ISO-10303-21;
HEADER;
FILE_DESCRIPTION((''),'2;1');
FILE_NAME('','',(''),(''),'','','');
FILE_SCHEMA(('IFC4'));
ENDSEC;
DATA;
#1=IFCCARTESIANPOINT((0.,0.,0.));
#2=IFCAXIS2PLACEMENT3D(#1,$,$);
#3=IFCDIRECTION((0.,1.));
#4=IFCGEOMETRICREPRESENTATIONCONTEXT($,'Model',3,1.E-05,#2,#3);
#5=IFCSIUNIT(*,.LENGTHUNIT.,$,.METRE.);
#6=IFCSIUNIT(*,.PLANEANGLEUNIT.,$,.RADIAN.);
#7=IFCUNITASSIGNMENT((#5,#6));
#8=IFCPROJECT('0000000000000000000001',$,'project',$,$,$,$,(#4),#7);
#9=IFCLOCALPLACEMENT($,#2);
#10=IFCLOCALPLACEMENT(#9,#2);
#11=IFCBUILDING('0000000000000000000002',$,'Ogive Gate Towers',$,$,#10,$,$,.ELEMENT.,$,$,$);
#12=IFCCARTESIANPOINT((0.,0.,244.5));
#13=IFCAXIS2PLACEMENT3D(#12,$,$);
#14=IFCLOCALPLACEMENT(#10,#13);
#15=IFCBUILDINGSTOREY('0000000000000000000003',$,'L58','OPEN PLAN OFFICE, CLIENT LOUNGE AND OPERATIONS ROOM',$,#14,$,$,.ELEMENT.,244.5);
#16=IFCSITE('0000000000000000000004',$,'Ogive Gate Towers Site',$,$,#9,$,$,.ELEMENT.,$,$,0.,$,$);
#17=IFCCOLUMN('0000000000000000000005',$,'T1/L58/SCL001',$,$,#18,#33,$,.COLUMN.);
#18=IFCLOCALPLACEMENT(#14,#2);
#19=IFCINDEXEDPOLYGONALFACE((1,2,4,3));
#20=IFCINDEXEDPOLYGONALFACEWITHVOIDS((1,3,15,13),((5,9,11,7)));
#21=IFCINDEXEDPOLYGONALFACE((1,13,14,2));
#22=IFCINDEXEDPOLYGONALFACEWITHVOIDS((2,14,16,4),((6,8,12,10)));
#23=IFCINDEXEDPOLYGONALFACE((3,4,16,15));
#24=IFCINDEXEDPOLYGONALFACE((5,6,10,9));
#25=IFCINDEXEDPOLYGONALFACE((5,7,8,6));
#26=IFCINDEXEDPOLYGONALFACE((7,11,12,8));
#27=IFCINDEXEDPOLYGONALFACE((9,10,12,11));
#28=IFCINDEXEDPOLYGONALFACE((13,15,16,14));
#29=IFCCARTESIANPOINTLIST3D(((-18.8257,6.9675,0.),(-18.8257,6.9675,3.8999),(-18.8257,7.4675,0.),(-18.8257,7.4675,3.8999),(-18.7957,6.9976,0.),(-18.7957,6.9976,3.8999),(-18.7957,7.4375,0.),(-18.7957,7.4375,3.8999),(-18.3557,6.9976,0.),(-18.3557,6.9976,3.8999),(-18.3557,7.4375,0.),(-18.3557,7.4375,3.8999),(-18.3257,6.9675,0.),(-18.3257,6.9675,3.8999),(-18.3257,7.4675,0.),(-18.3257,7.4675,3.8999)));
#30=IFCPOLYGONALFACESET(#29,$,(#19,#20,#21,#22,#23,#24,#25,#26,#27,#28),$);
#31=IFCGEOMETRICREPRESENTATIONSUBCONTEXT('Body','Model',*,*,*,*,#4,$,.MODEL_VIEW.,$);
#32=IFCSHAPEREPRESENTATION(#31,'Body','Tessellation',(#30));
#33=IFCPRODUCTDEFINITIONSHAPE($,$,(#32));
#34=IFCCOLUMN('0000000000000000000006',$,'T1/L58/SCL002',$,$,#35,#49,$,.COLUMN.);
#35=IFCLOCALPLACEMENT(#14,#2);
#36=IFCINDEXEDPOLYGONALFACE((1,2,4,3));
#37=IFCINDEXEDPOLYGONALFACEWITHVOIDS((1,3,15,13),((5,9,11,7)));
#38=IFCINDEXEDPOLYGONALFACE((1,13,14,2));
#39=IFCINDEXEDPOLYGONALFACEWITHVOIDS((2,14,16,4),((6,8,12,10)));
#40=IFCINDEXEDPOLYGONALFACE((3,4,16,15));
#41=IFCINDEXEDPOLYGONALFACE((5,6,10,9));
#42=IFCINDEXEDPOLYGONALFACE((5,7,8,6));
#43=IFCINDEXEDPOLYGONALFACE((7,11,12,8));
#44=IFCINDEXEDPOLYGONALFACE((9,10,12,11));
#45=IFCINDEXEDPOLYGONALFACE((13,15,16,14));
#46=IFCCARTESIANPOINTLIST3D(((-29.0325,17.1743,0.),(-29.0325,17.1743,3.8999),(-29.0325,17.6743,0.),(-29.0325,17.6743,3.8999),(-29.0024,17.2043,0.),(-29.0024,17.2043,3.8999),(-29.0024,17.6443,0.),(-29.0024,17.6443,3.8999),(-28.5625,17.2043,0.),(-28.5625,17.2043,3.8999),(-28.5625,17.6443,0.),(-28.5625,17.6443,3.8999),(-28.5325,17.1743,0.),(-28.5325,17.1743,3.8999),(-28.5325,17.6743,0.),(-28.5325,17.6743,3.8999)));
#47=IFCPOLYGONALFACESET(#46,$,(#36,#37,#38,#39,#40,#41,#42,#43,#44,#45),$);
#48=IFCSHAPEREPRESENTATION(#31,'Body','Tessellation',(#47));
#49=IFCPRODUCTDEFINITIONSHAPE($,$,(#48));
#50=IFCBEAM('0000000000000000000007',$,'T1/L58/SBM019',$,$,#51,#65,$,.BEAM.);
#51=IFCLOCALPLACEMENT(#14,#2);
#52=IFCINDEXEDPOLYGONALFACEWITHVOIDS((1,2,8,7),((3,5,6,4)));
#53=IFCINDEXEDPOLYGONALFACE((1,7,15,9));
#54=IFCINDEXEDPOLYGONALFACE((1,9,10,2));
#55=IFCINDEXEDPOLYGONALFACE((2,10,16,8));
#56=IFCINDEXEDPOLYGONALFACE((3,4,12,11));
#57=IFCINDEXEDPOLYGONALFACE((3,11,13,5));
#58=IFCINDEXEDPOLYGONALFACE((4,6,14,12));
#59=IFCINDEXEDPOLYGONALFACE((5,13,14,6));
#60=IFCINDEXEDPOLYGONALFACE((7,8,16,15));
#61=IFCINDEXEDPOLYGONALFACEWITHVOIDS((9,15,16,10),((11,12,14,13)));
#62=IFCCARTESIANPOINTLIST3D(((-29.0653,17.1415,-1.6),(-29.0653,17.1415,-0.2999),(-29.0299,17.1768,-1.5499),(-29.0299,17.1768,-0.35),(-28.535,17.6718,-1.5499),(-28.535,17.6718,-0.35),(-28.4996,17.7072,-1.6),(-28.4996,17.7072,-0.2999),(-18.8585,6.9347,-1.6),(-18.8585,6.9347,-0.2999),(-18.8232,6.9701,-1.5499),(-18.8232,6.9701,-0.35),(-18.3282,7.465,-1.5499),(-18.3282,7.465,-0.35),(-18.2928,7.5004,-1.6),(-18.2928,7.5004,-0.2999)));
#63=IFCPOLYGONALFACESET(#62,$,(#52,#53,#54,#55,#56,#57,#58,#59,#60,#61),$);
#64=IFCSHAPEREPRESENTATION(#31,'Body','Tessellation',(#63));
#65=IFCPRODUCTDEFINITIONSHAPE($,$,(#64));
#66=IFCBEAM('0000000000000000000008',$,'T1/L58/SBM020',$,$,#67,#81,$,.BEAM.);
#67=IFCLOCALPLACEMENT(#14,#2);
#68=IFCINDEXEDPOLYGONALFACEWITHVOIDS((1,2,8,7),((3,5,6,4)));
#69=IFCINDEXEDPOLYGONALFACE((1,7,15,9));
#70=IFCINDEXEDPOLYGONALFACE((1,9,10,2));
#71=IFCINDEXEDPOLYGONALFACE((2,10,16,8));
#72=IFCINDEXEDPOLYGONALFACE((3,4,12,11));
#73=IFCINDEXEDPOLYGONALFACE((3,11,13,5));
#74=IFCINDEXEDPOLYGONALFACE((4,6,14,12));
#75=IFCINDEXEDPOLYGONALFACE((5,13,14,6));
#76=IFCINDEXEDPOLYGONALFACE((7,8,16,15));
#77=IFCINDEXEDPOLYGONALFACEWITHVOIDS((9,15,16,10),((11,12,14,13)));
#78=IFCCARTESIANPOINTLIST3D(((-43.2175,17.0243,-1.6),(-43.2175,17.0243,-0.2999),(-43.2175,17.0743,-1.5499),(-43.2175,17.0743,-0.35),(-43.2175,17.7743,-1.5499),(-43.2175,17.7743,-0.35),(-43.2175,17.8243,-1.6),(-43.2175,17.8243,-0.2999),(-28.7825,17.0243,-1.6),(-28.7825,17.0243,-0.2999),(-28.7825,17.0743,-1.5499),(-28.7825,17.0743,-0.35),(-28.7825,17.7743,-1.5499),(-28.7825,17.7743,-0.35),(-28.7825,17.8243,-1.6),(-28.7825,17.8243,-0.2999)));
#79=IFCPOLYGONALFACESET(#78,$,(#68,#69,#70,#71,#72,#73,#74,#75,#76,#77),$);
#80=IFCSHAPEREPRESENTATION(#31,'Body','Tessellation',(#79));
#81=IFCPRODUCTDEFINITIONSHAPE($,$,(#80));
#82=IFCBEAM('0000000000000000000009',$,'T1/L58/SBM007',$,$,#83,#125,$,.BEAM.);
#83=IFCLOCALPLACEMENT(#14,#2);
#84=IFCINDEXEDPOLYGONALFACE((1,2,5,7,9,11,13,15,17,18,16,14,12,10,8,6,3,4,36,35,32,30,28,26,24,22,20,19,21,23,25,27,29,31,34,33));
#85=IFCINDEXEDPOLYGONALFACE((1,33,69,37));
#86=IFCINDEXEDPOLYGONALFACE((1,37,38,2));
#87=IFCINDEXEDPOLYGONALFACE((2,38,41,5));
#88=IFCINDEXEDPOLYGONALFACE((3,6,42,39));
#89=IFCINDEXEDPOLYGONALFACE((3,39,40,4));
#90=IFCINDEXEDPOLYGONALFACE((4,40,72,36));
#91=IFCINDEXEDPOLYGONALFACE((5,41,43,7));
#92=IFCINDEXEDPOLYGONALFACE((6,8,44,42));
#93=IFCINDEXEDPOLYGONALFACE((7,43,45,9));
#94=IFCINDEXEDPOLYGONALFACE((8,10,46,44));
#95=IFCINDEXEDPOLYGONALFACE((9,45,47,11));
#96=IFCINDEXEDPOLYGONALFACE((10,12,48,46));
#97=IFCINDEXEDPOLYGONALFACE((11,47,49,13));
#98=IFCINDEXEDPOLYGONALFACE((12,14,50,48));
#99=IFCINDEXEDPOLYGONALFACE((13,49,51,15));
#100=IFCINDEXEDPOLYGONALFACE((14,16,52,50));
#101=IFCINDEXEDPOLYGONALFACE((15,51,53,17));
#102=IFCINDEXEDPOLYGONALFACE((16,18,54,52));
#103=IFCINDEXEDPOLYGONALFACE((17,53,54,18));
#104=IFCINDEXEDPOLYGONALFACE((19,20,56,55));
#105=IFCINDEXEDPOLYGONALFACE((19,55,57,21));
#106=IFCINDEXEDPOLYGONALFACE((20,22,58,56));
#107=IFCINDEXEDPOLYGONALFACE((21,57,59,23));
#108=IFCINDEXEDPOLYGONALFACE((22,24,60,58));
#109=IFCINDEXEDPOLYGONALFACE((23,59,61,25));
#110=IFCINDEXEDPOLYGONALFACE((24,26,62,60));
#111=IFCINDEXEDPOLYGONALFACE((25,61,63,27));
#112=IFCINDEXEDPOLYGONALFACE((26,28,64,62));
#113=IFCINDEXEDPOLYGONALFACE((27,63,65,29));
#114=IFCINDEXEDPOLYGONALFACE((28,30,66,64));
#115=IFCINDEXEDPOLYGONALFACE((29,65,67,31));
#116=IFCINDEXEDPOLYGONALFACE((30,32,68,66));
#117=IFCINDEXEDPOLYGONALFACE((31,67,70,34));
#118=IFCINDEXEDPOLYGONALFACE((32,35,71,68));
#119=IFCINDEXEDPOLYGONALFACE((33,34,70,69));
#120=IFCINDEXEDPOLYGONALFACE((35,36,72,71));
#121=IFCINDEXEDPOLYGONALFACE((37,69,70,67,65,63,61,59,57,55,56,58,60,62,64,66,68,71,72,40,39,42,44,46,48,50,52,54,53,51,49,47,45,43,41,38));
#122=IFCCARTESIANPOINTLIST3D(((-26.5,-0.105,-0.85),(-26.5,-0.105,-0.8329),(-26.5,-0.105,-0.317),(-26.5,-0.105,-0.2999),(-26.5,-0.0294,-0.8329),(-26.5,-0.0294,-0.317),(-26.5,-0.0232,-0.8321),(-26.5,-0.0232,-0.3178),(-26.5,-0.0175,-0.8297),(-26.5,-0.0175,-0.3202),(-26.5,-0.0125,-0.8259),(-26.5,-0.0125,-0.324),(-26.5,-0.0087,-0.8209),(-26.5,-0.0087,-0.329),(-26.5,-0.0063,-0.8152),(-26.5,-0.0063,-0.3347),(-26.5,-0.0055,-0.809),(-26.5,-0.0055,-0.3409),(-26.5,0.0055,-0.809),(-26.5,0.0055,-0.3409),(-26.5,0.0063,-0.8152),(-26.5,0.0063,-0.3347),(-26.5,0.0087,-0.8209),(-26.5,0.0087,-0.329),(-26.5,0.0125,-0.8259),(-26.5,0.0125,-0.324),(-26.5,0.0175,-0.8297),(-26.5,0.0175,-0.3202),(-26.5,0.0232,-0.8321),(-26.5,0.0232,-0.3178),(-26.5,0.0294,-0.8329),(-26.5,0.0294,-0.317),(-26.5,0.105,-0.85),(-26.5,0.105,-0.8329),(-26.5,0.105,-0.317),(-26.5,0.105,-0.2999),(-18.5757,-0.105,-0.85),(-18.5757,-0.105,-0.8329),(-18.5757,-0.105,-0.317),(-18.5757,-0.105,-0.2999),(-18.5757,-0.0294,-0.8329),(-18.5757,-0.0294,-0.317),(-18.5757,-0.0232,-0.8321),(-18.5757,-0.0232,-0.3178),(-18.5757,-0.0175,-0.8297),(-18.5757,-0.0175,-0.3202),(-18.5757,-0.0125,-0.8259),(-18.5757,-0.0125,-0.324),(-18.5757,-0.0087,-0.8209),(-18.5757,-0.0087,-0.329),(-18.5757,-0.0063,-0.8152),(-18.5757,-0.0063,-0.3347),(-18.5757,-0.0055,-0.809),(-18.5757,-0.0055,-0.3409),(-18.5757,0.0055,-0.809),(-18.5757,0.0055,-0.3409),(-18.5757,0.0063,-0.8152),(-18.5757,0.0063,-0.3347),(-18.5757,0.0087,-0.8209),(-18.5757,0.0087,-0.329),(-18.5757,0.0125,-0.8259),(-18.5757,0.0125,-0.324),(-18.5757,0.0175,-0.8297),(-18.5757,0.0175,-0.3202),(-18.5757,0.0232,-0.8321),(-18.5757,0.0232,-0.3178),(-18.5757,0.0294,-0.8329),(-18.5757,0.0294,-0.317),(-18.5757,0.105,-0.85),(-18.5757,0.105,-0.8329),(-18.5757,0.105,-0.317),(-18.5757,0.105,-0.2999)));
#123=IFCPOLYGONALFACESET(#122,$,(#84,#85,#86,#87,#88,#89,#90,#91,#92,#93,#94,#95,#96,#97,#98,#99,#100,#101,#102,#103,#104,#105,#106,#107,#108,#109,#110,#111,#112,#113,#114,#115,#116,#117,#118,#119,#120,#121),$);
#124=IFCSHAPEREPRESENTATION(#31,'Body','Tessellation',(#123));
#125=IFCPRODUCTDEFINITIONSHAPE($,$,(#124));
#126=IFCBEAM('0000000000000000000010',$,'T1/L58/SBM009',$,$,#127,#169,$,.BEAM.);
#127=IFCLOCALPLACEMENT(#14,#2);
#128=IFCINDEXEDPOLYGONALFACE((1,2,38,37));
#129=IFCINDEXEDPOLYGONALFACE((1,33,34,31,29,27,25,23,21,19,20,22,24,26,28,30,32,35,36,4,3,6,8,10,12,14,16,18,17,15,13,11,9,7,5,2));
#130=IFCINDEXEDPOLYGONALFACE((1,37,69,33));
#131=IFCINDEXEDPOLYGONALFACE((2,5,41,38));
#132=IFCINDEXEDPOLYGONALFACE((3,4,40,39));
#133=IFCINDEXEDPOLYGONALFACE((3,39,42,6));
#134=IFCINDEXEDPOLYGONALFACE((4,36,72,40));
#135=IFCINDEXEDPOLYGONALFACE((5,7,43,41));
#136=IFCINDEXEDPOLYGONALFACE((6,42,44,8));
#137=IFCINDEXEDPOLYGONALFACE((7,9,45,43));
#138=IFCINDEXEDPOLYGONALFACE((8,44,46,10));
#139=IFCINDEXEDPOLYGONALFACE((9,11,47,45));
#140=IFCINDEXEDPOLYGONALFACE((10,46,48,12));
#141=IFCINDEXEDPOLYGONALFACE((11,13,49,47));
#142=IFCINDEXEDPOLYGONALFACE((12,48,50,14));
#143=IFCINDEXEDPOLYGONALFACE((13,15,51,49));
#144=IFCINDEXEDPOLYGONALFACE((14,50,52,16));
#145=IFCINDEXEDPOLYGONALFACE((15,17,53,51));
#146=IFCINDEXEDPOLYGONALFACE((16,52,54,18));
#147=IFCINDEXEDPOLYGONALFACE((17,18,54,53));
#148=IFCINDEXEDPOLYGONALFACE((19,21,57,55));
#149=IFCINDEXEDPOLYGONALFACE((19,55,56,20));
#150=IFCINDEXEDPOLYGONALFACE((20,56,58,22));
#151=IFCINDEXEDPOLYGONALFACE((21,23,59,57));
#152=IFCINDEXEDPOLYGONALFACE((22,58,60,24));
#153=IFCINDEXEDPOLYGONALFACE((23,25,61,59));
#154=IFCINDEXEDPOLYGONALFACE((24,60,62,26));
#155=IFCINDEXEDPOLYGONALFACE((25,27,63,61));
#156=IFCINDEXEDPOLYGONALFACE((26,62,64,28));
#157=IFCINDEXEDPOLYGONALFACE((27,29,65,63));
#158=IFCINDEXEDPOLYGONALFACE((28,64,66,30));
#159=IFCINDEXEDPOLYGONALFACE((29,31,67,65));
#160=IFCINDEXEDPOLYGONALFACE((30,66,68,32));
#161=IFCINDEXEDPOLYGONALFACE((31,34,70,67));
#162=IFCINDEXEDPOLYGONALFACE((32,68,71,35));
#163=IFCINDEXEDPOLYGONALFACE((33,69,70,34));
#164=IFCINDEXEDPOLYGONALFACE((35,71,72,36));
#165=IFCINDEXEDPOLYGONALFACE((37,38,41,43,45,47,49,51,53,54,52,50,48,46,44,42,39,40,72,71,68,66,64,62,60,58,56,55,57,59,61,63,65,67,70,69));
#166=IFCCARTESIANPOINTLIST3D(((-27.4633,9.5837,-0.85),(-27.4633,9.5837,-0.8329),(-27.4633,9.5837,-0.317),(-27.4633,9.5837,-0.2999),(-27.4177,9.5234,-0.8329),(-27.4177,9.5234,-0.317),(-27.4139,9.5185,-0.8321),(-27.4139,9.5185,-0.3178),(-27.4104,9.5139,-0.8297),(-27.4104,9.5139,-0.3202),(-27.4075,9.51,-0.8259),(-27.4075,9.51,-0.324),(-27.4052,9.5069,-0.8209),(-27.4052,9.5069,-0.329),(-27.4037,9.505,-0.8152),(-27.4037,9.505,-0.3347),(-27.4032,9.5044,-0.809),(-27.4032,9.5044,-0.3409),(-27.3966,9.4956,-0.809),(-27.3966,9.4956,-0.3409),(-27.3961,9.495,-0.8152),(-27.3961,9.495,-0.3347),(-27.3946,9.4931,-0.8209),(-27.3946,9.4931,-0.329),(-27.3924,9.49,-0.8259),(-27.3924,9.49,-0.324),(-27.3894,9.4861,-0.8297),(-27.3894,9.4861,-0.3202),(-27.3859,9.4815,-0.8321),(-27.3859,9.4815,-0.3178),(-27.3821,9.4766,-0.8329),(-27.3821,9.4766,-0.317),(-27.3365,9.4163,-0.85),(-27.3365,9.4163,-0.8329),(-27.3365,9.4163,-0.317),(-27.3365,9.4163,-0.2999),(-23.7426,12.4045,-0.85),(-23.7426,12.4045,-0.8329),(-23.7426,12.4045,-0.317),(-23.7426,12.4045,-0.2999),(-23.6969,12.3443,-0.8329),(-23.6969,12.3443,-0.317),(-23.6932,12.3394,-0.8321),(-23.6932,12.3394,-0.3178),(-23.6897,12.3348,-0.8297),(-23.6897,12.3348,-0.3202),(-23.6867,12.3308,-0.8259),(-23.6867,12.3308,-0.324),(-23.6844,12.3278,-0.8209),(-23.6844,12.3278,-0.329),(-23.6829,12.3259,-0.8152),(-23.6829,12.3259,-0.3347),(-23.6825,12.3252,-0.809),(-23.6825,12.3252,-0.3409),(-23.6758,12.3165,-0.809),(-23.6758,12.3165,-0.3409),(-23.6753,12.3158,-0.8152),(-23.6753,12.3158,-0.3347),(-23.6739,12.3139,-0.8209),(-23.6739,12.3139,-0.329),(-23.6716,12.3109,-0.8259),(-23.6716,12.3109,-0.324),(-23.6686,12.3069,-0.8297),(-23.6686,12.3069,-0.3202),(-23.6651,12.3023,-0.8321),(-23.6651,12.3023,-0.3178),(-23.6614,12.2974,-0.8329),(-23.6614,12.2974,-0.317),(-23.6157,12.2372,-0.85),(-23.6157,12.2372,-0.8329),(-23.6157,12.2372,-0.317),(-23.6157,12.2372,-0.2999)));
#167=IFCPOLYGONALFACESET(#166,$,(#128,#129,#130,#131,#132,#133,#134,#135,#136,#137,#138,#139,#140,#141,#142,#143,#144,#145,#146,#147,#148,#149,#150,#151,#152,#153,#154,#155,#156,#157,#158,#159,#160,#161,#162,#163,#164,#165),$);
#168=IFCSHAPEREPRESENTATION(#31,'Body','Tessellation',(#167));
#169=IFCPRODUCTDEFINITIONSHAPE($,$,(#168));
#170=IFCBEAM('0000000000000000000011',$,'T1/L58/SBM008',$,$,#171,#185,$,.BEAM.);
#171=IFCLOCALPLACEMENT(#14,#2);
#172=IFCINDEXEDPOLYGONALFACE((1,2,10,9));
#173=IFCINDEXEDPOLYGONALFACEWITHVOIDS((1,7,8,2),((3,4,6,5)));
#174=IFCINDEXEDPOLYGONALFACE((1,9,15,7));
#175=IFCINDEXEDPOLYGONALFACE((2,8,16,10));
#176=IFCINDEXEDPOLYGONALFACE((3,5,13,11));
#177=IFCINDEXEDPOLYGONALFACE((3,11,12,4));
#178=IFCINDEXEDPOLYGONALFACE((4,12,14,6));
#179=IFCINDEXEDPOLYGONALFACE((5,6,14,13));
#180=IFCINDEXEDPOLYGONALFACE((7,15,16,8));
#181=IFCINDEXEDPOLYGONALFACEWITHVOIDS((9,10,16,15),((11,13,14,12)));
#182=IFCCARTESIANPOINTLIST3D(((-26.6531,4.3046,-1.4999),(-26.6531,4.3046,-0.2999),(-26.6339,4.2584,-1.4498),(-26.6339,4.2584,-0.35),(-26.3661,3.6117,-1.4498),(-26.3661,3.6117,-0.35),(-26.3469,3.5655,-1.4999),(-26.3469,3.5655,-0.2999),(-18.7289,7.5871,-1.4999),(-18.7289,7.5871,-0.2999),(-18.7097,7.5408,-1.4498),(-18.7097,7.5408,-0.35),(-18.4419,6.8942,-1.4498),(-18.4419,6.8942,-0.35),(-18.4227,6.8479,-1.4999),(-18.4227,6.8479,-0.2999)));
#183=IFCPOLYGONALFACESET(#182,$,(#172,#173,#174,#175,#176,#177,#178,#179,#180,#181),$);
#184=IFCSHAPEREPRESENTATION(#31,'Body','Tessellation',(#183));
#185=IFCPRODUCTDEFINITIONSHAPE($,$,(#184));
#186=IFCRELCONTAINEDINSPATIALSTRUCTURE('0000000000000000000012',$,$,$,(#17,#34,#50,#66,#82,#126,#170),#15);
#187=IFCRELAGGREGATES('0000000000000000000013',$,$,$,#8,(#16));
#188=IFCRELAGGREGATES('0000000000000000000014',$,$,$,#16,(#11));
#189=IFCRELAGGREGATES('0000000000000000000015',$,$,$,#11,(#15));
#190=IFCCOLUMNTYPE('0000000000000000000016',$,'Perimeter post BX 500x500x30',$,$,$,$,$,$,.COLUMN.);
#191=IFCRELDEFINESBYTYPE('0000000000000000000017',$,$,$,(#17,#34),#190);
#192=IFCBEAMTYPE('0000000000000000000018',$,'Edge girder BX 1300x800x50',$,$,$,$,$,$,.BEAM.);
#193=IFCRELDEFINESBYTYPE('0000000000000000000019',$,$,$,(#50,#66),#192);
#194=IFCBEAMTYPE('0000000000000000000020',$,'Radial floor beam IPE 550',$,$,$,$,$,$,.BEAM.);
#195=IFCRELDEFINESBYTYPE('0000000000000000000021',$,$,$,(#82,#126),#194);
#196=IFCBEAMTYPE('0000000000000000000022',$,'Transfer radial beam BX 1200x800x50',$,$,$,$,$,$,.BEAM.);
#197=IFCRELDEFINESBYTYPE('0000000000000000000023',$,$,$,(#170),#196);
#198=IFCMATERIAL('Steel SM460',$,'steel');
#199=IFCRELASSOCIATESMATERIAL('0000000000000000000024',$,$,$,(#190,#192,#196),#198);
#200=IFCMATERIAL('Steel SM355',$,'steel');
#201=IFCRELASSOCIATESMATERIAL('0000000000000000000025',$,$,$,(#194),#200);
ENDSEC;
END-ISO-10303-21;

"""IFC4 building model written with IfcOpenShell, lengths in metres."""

from ifc_helpers import new_model, si_unit, direction, frame, origin, origin_2d, place, context, subcontext, project, spatial, hollow_rectangle, i_section, extrude, material, material_profile, profile_set, type_object, element, save


model = new_model("IFC4")

# Units and contexts
model_context = context("Model", 3, precision=1e-05, world=origin(), true_north=direction((0.0, 1.0)))
body_context = subcontext(model_context, "Body", "Model", "MODEL_VIEW")
ifc_project = project(units=[si_unit("LENGTHUNIT", "METRE"), si_unit("PLANEANGLEUNIT", "RADIAN")], contexts=[model_context])

# Site, building, storey
site_placement = place(None, origin())
site = spatial("IfcSite", under=ifc_project, at=site_placement, Name="Ogive Gate Towers Site", CompositionType="ELEMENT", RefElevation=0.0)
building_placement = place(site_placement, origin())
building = spatial("IfcBuilding", under=site, at=building_placement, Name="Ogive Gate Towers", CompositionType="ELEMENT")
storey_placement = place(building_placement, frame((0.0, 0.0, 244.5)))
storey = spatial("IfcBuildingStorey", under=building, at=storey_placement, Name="L58", Description="OPEN PLAN OFFICE, CLIENT LOUNGE AND OPERATIONS ROOM", CompositionType="ELEMENT", Elevation=244.5)

# Columns
ifc_material_1 = material(Name="Steel SM460", Category="steel")
ifc_material_profile_1 = material_profile(ifc_material_1, hollow_rectangle(XDim=0.5, YDim=0.5, WallThickness=0.03, at=origin_2d()), Name="BX 500x500x30")
ifc_profile_set_1 = profile_set([ifc_material_profile_1], Name="Steel SM460")
column_type = type_object("IfcColumnType", Name="Perimeter post BX 500x500x30", PredefinedType="COLUMN", material=ifc_profile_set_1)
for number, where, z_axis, x_axis, name in (
    (1, (-18.5757, 7.2175, 0.0), (0.0, 0.0, 1.0), (1.0, 0.0, 0.0), "T1/L58/SCL001"),
    (2, (-28.7825, 17.4243, 0.0), (0.0, 0.0, 1.0), (1.0, 0.0, 0.0), "T1/L58/SCL002"),
):
    element("IfcColumn", number, at=place(storey_placement, frame(where, z_axis=z_axis, x_axis=x_axis)), inside=storey, type_object=column_type, Name=name, PredefinedType="COLUMN", context=body_context, shape_type="SweptSolid", body=[
        extrude(hollow_rectangle(XDim=0.5, YDim=0.5, WallThickness=0.03, at=origin_2d()), origin(), (0.0, 0.0, 1.0), 3.8999),
    ])

# Beams
ifc_material_profile_2 = material_profile(ifc_material_1, hollow_rectangle(XDim=0.8, YDim=1.3, WallThickness=0.05, at=origin_2d()), Name="BX 1300x800x50")
ifc_profile_set_2 = profile_set([ifc_material_profile_2], Name="Steel SM460")
beam_type_1 = type_object("IfcBeamType", Name="Edge girder BX 1300x800x50", PredefinedType="BEAM", material=ifc_profile_set_2)
beam_1_placement = place(storey_placement, frame((-18.5757, 7.2175, -0.95), z_axis=(-0.707107, 0.707107, 0.0), x_axis=(-0.707107, -0.707107, 0.0)))
element("IfcBeam", 3, at=beam_1_placement, inside=storey, type_object=beam_type_1, Name="T1/L58/SBM019", PredefinedType="BEAM", context=body_context, shape_type="SweptSolid", body=[
    extrude(hollow_rectangle(XDim=0.8, YDim=1.3, WallThickness=0.05, at=origin_2d()), origin(), (0.0, 0.0, 1.0), 14.4346),
])
beam_2_placement = place(storey_placement, frame((-28.7825, 17.4243, -0.95), z_axis=(-1.0, 0.0, 0.0), x_axis=(0.0, -1.0, 0.0)))
element("IfcBeam", 4, at=beam_2_placement, inside=storey, type_object=beam_type_1, Name="T1/L58/SBM020", PredefinedType="BEAM", context=body_context, shape_type="SweptSolid", body=[
    extrude(hollow_rectangle(XDim=0.8, YDim=1.3, WallThickness=0.05, at=origin_2d()), origin(), (0.0, 0.0, 1.0), 14.4351),
])
ifc_material_2 = material(Name="Steel SM355", Category="steel")
ifc_material_profile_3 = material_profile(ifc_material_2, i_section(OverallWidth=0.21, OverallDepth=0.55, WebThickness=0.011, FlangeThickness=0.0171, FilletRadius=0.0239, at=origin_2d()), Name="IPE 550")
ifc_profile_set_3 = profile_set([ifc_material_profile_3], Name="Steel SM355")
beam_type_2 = type_object("IfcBeamType", Name="Radial floor beam IPE 550", PredefinedType="BEAM", material=ifc_profile_set_3)
beam_3_placement = place(storey_placement, frame((-26.5, 0.0, -0.575), z_axis=(1.0, 0.0, 0.0), x_axis=(0.0, 1.0, 0.0)))
element("IfcBeam", 5, at=beam_3_placement, inside=storey, type_object=beam_type_2, Name="T1/L58/SBM007", PredefinedType="BEAM", context=body_context, shape_type="SweptSolid", body=[
    extrude(i_section(OverallWidth=0.21, OverallDepth=0.55, WebThickness=0.011, FlangeThickness=0.0171, FilletRadius=0.0239, at=origin_2d()), origin(), (0.0, 0.0, 1.0), 7.9243),
])
beam_4_placement = place(storey_placement, frame((-27.3999, 9.5, -0.575), z_axis=(0.796877, 0.604142, 0.0), x_axis=(-0.604142, 0.796877, 0.0)))
element("IfcBeam", 6, at=beam_4_placement, inside=storey, type_object=beam_type_2, Name="T1/L58/SBM009", PredefinedType="BEAM", context=body_context, shape_type="SweptSolid", body=[
    extrude(i_section(OverallWidth=0.21, OverallDepth=0.55, WebThickness=0.011, FlangeThickness=0.0171, FilletRadius=0.0239, at=origin_2d()), origin(), (0.0, 0.0, 1.0), 4.6692),
])
ifc_material_profile_4 = material_profile(ifc_material_1, hollow_rectangle(XDim=0.8, YDim=1.2, WallThickness=0.05, at=origin_2d()), Name="BX 1200x800x50")
ifc_profile_set_4 = profile_set([ifc_material_profile_4], Name="Steel SM460")
beam_type_3 = type_object("IfcBeamType", Name="Transfer radial beam BX 1200x800x50", PredefinedType="BEAM", material=ifc_profile_set_4)
for number, where, z_axis, x_axis, name in (
    (7, (-26.5, 3.9351, -0.8999), (0.923875, 0.382695, 0.0), (-0.382695, 0.923875, 0.0), "T1/L58/SBM008"),
):
    element("IfcBeam", number, at=place(storey_placement, frame(where, z_axis=z_axis, x_axis=x_axis)), inside=storey, type_object=beam_type_3, Name=name, PredefinedType="BEAM", context=body_context, shape_type="SweptSolid", body=[
        extrude(hollow_rectangle(XDim=0.8, YDim=1.2, WallThickness=0.05, at=origin_2d()), origin(), (0.0, 0.0, 1.0), 8.5771),
    ])

save(model, "model.ifc")
